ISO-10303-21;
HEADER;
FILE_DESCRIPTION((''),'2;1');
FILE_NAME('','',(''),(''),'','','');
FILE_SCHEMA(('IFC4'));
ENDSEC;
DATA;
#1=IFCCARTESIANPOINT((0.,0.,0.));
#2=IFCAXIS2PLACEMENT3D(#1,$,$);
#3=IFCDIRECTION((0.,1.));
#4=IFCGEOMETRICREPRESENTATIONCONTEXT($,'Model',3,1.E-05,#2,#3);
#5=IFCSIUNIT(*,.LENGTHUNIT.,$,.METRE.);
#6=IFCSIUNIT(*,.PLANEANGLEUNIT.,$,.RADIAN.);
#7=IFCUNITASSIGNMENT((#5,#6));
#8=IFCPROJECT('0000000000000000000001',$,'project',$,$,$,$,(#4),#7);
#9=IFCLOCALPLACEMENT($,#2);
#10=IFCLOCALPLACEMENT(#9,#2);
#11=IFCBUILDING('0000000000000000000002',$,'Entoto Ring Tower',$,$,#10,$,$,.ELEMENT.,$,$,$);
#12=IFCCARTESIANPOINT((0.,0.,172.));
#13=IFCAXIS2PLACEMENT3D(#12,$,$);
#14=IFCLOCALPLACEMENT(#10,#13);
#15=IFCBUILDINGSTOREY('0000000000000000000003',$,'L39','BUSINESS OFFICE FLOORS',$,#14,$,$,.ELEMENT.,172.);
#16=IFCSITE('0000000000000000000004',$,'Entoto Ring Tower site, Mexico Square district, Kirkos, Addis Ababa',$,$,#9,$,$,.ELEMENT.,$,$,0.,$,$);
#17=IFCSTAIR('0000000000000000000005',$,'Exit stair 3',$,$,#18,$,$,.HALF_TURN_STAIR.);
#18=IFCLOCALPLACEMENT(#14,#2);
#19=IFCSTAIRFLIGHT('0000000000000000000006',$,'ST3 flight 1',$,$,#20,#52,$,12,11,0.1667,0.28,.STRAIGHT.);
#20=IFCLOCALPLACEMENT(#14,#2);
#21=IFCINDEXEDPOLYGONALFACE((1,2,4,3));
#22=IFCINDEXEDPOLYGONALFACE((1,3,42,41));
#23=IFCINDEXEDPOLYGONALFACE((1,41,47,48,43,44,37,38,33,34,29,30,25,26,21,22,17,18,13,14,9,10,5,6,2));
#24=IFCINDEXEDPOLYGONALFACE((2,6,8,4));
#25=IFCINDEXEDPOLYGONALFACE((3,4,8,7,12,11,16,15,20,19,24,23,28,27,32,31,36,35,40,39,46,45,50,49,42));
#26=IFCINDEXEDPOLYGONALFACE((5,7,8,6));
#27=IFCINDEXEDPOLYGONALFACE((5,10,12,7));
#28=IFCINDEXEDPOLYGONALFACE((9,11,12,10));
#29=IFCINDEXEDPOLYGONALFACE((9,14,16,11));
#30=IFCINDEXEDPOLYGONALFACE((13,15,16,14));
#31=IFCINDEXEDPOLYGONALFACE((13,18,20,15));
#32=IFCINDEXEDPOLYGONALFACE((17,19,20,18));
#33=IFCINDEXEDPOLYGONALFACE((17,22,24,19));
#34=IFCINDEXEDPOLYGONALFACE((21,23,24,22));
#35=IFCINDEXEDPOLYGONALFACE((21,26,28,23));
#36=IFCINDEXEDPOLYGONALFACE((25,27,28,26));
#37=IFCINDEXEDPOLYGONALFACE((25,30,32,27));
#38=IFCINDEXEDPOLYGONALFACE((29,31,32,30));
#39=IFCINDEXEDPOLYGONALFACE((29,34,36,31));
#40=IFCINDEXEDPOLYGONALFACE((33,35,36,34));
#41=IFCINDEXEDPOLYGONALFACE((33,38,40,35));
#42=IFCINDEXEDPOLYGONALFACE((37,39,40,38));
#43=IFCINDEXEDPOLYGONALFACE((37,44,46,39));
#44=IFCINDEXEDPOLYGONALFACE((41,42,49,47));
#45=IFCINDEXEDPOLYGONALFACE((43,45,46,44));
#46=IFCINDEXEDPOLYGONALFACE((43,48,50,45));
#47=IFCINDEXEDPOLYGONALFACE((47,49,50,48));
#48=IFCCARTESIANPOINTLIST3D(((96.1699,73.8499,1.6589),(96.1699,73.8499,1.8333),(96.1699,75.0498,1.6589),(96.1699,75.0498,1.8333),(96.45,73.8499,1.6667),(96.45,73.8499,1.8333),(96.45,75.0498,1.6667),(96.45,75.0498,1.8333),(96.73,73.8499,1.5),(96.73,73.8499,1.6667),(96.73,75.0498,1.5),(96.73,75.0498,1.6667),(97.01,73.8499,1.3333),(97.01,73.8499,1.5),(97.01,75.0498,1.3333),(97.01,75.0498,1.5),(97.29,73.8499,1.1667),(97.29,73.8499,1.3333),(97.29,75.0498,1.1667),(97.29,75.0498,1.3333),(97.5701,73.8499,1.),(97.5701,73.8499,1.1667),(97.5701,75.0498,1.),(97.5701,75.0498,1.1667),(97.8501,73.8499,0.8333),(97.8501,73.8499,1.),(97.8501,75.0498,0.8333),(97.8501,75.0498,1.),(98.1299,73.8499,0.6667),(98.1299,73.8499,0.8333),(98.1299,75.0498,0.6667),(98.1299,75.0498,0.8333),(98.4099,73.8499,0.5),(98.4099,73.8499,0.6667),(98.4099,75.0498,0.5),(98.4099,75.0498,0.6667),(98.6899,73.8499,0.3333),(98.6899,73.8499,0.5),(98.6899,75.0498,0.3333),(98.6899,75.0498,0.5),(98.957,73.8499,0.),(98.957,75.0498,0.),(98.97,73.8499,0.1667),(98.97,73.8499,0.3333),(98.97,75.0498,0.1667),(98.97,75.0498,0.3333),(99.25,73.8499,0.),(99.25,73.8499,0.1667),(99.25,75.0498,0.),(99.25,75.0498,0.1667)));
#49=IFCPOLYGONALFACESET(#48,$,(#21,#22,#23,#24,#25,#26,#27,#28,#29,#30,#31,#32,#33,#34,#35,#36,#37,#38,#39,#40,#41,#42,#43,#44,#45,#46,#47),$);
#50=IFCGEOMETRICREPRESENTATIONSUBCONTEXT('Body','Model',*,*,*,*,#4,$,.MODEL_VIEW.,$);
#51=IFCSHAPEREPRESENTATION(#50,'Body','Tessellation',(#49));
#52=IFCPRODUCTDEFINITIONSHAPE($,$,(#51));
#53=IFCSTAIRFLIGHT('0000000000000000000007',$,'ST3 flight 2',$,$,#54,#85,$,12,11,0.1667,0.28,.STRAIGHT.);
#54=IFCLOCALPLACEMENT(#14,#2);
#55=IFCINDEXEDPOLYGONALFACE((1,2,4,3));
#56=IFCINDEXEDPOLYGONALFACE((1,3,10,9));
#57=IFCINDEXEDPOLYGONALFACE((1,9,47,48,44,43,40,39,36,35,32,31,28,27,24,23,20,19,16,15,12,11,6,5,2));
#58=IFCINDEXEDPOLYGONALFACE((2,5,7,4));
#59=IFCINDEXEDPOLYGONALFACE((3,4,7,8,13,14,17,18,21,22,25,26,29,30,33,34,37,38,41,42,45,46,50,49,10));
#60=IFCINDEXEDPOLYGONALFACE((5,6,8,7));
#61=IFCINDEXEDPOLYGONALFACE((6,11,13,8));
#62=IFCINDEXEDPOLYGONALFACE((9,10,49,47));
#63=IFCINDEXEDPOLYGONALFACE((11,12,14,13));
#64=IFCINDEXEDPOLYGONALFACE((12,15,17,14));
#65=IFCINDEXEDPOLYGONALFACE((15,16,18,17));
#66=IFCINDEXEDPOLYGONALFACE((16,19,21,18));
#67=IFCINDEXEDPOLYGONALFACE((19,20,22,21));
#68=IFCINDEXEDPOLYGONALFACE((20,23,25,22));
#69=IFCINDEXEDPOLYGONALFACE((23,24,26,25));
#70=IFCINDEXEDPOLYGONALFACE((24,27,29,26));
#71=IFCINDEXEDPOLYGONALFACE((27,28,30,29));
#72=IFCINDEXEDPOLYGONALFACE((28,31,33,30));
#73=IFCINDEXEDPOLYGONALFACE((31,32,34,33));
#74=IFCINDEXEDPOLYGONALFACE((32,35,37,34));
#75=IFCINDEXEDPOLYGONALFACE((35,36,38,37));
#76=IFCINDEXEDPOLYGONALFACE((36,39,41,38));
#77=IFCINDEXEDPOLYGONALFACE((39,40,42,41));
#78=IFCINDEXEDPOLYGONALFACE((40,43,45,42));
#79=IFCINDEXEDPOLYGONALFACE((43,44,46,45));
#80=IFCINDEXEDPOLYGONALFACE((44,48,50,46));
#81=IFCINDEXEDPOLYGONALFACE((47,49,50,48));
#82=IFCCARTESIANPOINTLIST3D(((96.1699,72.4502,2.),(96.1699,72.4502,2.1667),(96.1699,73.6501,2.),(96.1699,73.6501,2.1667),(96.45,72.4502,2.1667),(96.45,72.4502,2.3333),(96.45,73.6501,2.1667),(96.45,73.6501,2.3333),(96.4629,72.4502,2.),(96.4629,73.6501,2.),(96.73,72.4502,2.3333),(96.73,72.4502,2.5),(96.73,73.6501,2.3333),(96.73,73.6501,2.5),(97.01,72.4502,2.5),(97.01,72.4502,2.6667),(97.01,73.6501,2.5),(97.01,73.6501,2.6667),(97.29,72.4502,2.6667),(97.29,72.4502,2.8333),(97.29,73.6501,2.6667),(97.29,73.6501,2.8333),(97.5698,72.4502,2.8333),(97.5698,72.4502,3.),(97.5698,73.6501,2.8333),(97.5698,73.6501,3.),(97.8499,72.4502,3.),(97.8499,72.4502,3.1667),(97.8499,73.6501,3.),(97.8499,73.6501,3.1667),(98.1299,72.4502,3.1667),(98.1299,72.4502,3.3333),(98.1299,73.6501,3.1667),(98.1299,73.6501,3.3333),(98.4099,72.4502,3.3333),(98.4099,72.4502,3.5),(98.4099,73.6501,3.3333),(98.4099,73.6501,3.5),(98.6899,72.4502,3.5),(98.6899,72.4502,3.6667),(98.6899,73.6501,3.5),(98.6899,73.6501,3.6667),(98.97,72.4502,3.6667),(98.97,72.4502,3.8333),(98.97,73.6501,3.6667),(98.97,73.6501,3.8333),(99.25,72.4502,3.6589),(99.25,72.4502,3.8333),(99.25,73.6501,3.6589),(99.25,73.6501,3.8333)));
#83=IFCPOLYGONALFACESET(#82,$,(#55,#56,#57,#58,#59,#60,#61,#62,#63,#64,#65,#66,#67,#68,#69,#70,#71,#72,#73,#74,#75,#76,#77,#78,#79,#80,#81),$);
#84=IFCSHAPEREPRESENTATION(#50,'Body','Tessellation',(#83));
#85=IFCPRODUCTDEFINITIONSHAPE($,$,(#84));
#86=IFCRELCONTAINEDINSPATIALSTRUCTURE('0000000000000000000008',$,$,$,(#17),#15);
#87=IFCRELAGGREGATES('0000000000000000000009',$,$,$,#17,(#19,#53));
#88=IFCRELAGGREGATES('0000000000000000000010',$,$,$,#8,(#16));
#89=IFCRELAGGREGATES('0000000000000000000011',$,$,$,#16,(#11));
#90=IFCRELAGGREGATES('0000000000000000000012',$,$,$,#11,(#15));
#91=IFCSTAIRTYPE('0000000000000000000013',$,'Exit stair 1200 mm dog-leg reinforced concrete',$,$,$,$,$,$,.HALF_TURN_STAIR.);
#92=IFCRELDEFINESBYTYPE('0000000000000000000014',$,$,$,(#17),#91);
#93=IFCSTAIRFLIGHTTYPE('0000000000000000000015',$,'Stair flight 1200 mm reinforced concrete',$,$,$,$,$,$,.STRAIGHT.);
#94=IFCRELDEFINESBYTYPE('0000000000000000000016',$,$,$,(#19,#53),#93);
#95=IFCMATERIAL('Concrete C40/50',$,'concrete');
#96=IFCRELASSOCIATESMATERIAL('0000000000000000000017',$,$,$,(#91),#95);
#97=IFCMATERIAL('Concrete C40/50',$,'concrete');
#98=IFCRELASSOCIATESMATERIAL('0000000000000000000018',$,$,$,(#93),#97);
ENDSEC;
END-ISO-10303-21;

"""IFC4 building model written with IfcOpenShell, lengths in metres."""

from ifc_helpers import new_model, si_unit, direction, frame, origin, place, context, subcontext, project, spatial, polyline, outline, extrude, material, type_object, element, aggregate, save


model = new_model("IFC4")

# Units and contexts
model_context = context("Model", 3, precision=1e-05, world=origin(), true_north=direction((0.0, 1.0)))
body_context = subcontext(model_context, "Body", "Model", "MODEL_VIEW")
ifc_project = project(units=[si_unit("LENGTHUNIT", "METRE"), si_unit("PLANEANGLEUNIT", "RADIAN")], contexts=[model_context])

# Site, building, storey
site_placement = place(None, origin())
site = spatial("IfcSite", under=ifc_project, at=site_placement, Name="Entoto Ring Tower site, Mexico Square district, Kirkos, Addis Ababa", CompositionType="ELEMENT", RefElevation=0.0)
building_placement = place(site_placement, origin())
building = spatial("IfcBuilding", under=site, at=building_placement, Name="Entoto Ring Tower", CompositionType="ELEMENT")
storey_placement = place(building_placement, frame((0.0, 0.0, 172.0)))
storey = spatial("IfcBuildingStorey", under=building, at=storey_placement, Name="L39", Description="BUSINESS OFFICE FLOORS", CompositionType="ELEMENT", Elevation=172.0)

# Stair, stair flights
ifc_material_1 = material(Name="Concrete C40/50", Category="concrete")
stair_type = type_object("IfcStairType", Name="Exit stair 1200 mm dog-leg reinforced concrete", PredefinedType="HALF_TURN_STAIR", material=ifc_material_1)
stair_placement = place(storey_placement, origin())
stair = element("IfcStair", 1, at=stair_placement, inside=storey, type_object=stair_type, Name="Exit stair 3", PredefinedType="HALF_TURN_STAIR")
ifc_material_2 = material(Name="Concrete C40/50", Category="concrete")
stair_flight_type = type_object("IfcStairFlightType", Name="Stair flight 1200 mm reinforced concrete", PredefinedType="STRAIGHT", material=ifc_material_2)
stair_flight_1_placement = place(storey_placement, frame((99.25, 74.45, 0.0), z_axis=(0.0, 0.0, 1.0), x_axis=(-1.0, 0.0, 0.0)))
stair_flight_1 = element("IfcStairFlight", 2, at=stair_flight_1_placement, type_object=stair_flight_type, Name="ST3 flight 1", NumberOfRisers=12, NumberOfTreads=11, PredefinedType="STRAIGHT", RiserHeight=0.1667, TreadLength=0.28, context=body_context, shape_type="SweptSolid", body=[
    extrude(outline(polyline([(0.0, 0.0), (0.0, 0.1667), (0.28, 0.1667), (0.28, 0.3333), (0.5601, 0.3333), (0.5601, 0.5), (0.8401, 0.5), (0.8401, 0.6667), (1.1201, 0.6667), (1.1201, 0.8333), (1.3999, 0.8333), (1.3999, 1.0), (1.6799, 1.0), (1.6799, 1.1667), (1.96, 1.1667), (1.96, 1.3333), (2.24, 1.3333), (2.24, 1.5), (2.52, 1.5), (2.52, 1.6667), (2.8, 1.6667), (2.8, 1.8333), (3.0801, 1.8333), (3.0801, 2.0), (3.0801, 1.6589), (0.293, 0.0), (0.0, 0.0)])), frame((0.0, 0.6001, 0.0), z_axis=(0.0, -1.0, 0.0), x_axis=(1.0, 0.0, 0.0)), (0.0, 0.0, 1.0), 1.2),
])
stair_flight_2_placement = place(storey_placement, frame((96.1699, 73.05, 2.0), z_axis=(0.0, 0.0, 1.0), x_axis=(1.0, 0.0, 0.0)))
stair_flight_2 = element("IfcStairFlight", 3, at=stair_flight_2_placement, type_object=stair_flight_type, Name="ST3 flight 2", NumberOfRisers=12, NumberOfTreads=11, PredefinedType="STRAIGHT", RiserHeight=0.1667, TreadLength=0.28, context=body_context, shape_type="SweptSolid", body=[
    extrude(outline(polyline([(0.0, 0.0), (0.0, 0.1667), (0.28, 0.1667), (0.28, 0.3333), (0.5601, 0.3333), (0.5601, 0.5), (0.8401, 0.5), (0.8401, 0.6667), (1.1201, 0.6667), (1.1201, 0.8333), (1.3999, 0.8333), (1.3999, 1.0), (1.6799, 1.0), (1.6799, 1.1667), (1.96, 1.1667), (1.96, 1.3333), (2.24, 1.3333), (2.24, 1.5), (2.52, 1.5), (2.52, 1.6667), (2.8, 1.6667), (2.8, 1.8333), (3.0801, 1.8333), (3.0801, 2.0), (3.0801, 1.6589), (0.293, 0.0), (0.0, 0.0)])), frame((0.0, 0.6001, 0.0), z_axis=(0.0, -1.0, 0.0), x_axis=(1.0, 0.0, 0.0)), (0.0, 0.0, 1.0), 1.2),
])
aggregate(stair, [stair_flight_1, stair_flight_2])

save(model, "model.ifc")
